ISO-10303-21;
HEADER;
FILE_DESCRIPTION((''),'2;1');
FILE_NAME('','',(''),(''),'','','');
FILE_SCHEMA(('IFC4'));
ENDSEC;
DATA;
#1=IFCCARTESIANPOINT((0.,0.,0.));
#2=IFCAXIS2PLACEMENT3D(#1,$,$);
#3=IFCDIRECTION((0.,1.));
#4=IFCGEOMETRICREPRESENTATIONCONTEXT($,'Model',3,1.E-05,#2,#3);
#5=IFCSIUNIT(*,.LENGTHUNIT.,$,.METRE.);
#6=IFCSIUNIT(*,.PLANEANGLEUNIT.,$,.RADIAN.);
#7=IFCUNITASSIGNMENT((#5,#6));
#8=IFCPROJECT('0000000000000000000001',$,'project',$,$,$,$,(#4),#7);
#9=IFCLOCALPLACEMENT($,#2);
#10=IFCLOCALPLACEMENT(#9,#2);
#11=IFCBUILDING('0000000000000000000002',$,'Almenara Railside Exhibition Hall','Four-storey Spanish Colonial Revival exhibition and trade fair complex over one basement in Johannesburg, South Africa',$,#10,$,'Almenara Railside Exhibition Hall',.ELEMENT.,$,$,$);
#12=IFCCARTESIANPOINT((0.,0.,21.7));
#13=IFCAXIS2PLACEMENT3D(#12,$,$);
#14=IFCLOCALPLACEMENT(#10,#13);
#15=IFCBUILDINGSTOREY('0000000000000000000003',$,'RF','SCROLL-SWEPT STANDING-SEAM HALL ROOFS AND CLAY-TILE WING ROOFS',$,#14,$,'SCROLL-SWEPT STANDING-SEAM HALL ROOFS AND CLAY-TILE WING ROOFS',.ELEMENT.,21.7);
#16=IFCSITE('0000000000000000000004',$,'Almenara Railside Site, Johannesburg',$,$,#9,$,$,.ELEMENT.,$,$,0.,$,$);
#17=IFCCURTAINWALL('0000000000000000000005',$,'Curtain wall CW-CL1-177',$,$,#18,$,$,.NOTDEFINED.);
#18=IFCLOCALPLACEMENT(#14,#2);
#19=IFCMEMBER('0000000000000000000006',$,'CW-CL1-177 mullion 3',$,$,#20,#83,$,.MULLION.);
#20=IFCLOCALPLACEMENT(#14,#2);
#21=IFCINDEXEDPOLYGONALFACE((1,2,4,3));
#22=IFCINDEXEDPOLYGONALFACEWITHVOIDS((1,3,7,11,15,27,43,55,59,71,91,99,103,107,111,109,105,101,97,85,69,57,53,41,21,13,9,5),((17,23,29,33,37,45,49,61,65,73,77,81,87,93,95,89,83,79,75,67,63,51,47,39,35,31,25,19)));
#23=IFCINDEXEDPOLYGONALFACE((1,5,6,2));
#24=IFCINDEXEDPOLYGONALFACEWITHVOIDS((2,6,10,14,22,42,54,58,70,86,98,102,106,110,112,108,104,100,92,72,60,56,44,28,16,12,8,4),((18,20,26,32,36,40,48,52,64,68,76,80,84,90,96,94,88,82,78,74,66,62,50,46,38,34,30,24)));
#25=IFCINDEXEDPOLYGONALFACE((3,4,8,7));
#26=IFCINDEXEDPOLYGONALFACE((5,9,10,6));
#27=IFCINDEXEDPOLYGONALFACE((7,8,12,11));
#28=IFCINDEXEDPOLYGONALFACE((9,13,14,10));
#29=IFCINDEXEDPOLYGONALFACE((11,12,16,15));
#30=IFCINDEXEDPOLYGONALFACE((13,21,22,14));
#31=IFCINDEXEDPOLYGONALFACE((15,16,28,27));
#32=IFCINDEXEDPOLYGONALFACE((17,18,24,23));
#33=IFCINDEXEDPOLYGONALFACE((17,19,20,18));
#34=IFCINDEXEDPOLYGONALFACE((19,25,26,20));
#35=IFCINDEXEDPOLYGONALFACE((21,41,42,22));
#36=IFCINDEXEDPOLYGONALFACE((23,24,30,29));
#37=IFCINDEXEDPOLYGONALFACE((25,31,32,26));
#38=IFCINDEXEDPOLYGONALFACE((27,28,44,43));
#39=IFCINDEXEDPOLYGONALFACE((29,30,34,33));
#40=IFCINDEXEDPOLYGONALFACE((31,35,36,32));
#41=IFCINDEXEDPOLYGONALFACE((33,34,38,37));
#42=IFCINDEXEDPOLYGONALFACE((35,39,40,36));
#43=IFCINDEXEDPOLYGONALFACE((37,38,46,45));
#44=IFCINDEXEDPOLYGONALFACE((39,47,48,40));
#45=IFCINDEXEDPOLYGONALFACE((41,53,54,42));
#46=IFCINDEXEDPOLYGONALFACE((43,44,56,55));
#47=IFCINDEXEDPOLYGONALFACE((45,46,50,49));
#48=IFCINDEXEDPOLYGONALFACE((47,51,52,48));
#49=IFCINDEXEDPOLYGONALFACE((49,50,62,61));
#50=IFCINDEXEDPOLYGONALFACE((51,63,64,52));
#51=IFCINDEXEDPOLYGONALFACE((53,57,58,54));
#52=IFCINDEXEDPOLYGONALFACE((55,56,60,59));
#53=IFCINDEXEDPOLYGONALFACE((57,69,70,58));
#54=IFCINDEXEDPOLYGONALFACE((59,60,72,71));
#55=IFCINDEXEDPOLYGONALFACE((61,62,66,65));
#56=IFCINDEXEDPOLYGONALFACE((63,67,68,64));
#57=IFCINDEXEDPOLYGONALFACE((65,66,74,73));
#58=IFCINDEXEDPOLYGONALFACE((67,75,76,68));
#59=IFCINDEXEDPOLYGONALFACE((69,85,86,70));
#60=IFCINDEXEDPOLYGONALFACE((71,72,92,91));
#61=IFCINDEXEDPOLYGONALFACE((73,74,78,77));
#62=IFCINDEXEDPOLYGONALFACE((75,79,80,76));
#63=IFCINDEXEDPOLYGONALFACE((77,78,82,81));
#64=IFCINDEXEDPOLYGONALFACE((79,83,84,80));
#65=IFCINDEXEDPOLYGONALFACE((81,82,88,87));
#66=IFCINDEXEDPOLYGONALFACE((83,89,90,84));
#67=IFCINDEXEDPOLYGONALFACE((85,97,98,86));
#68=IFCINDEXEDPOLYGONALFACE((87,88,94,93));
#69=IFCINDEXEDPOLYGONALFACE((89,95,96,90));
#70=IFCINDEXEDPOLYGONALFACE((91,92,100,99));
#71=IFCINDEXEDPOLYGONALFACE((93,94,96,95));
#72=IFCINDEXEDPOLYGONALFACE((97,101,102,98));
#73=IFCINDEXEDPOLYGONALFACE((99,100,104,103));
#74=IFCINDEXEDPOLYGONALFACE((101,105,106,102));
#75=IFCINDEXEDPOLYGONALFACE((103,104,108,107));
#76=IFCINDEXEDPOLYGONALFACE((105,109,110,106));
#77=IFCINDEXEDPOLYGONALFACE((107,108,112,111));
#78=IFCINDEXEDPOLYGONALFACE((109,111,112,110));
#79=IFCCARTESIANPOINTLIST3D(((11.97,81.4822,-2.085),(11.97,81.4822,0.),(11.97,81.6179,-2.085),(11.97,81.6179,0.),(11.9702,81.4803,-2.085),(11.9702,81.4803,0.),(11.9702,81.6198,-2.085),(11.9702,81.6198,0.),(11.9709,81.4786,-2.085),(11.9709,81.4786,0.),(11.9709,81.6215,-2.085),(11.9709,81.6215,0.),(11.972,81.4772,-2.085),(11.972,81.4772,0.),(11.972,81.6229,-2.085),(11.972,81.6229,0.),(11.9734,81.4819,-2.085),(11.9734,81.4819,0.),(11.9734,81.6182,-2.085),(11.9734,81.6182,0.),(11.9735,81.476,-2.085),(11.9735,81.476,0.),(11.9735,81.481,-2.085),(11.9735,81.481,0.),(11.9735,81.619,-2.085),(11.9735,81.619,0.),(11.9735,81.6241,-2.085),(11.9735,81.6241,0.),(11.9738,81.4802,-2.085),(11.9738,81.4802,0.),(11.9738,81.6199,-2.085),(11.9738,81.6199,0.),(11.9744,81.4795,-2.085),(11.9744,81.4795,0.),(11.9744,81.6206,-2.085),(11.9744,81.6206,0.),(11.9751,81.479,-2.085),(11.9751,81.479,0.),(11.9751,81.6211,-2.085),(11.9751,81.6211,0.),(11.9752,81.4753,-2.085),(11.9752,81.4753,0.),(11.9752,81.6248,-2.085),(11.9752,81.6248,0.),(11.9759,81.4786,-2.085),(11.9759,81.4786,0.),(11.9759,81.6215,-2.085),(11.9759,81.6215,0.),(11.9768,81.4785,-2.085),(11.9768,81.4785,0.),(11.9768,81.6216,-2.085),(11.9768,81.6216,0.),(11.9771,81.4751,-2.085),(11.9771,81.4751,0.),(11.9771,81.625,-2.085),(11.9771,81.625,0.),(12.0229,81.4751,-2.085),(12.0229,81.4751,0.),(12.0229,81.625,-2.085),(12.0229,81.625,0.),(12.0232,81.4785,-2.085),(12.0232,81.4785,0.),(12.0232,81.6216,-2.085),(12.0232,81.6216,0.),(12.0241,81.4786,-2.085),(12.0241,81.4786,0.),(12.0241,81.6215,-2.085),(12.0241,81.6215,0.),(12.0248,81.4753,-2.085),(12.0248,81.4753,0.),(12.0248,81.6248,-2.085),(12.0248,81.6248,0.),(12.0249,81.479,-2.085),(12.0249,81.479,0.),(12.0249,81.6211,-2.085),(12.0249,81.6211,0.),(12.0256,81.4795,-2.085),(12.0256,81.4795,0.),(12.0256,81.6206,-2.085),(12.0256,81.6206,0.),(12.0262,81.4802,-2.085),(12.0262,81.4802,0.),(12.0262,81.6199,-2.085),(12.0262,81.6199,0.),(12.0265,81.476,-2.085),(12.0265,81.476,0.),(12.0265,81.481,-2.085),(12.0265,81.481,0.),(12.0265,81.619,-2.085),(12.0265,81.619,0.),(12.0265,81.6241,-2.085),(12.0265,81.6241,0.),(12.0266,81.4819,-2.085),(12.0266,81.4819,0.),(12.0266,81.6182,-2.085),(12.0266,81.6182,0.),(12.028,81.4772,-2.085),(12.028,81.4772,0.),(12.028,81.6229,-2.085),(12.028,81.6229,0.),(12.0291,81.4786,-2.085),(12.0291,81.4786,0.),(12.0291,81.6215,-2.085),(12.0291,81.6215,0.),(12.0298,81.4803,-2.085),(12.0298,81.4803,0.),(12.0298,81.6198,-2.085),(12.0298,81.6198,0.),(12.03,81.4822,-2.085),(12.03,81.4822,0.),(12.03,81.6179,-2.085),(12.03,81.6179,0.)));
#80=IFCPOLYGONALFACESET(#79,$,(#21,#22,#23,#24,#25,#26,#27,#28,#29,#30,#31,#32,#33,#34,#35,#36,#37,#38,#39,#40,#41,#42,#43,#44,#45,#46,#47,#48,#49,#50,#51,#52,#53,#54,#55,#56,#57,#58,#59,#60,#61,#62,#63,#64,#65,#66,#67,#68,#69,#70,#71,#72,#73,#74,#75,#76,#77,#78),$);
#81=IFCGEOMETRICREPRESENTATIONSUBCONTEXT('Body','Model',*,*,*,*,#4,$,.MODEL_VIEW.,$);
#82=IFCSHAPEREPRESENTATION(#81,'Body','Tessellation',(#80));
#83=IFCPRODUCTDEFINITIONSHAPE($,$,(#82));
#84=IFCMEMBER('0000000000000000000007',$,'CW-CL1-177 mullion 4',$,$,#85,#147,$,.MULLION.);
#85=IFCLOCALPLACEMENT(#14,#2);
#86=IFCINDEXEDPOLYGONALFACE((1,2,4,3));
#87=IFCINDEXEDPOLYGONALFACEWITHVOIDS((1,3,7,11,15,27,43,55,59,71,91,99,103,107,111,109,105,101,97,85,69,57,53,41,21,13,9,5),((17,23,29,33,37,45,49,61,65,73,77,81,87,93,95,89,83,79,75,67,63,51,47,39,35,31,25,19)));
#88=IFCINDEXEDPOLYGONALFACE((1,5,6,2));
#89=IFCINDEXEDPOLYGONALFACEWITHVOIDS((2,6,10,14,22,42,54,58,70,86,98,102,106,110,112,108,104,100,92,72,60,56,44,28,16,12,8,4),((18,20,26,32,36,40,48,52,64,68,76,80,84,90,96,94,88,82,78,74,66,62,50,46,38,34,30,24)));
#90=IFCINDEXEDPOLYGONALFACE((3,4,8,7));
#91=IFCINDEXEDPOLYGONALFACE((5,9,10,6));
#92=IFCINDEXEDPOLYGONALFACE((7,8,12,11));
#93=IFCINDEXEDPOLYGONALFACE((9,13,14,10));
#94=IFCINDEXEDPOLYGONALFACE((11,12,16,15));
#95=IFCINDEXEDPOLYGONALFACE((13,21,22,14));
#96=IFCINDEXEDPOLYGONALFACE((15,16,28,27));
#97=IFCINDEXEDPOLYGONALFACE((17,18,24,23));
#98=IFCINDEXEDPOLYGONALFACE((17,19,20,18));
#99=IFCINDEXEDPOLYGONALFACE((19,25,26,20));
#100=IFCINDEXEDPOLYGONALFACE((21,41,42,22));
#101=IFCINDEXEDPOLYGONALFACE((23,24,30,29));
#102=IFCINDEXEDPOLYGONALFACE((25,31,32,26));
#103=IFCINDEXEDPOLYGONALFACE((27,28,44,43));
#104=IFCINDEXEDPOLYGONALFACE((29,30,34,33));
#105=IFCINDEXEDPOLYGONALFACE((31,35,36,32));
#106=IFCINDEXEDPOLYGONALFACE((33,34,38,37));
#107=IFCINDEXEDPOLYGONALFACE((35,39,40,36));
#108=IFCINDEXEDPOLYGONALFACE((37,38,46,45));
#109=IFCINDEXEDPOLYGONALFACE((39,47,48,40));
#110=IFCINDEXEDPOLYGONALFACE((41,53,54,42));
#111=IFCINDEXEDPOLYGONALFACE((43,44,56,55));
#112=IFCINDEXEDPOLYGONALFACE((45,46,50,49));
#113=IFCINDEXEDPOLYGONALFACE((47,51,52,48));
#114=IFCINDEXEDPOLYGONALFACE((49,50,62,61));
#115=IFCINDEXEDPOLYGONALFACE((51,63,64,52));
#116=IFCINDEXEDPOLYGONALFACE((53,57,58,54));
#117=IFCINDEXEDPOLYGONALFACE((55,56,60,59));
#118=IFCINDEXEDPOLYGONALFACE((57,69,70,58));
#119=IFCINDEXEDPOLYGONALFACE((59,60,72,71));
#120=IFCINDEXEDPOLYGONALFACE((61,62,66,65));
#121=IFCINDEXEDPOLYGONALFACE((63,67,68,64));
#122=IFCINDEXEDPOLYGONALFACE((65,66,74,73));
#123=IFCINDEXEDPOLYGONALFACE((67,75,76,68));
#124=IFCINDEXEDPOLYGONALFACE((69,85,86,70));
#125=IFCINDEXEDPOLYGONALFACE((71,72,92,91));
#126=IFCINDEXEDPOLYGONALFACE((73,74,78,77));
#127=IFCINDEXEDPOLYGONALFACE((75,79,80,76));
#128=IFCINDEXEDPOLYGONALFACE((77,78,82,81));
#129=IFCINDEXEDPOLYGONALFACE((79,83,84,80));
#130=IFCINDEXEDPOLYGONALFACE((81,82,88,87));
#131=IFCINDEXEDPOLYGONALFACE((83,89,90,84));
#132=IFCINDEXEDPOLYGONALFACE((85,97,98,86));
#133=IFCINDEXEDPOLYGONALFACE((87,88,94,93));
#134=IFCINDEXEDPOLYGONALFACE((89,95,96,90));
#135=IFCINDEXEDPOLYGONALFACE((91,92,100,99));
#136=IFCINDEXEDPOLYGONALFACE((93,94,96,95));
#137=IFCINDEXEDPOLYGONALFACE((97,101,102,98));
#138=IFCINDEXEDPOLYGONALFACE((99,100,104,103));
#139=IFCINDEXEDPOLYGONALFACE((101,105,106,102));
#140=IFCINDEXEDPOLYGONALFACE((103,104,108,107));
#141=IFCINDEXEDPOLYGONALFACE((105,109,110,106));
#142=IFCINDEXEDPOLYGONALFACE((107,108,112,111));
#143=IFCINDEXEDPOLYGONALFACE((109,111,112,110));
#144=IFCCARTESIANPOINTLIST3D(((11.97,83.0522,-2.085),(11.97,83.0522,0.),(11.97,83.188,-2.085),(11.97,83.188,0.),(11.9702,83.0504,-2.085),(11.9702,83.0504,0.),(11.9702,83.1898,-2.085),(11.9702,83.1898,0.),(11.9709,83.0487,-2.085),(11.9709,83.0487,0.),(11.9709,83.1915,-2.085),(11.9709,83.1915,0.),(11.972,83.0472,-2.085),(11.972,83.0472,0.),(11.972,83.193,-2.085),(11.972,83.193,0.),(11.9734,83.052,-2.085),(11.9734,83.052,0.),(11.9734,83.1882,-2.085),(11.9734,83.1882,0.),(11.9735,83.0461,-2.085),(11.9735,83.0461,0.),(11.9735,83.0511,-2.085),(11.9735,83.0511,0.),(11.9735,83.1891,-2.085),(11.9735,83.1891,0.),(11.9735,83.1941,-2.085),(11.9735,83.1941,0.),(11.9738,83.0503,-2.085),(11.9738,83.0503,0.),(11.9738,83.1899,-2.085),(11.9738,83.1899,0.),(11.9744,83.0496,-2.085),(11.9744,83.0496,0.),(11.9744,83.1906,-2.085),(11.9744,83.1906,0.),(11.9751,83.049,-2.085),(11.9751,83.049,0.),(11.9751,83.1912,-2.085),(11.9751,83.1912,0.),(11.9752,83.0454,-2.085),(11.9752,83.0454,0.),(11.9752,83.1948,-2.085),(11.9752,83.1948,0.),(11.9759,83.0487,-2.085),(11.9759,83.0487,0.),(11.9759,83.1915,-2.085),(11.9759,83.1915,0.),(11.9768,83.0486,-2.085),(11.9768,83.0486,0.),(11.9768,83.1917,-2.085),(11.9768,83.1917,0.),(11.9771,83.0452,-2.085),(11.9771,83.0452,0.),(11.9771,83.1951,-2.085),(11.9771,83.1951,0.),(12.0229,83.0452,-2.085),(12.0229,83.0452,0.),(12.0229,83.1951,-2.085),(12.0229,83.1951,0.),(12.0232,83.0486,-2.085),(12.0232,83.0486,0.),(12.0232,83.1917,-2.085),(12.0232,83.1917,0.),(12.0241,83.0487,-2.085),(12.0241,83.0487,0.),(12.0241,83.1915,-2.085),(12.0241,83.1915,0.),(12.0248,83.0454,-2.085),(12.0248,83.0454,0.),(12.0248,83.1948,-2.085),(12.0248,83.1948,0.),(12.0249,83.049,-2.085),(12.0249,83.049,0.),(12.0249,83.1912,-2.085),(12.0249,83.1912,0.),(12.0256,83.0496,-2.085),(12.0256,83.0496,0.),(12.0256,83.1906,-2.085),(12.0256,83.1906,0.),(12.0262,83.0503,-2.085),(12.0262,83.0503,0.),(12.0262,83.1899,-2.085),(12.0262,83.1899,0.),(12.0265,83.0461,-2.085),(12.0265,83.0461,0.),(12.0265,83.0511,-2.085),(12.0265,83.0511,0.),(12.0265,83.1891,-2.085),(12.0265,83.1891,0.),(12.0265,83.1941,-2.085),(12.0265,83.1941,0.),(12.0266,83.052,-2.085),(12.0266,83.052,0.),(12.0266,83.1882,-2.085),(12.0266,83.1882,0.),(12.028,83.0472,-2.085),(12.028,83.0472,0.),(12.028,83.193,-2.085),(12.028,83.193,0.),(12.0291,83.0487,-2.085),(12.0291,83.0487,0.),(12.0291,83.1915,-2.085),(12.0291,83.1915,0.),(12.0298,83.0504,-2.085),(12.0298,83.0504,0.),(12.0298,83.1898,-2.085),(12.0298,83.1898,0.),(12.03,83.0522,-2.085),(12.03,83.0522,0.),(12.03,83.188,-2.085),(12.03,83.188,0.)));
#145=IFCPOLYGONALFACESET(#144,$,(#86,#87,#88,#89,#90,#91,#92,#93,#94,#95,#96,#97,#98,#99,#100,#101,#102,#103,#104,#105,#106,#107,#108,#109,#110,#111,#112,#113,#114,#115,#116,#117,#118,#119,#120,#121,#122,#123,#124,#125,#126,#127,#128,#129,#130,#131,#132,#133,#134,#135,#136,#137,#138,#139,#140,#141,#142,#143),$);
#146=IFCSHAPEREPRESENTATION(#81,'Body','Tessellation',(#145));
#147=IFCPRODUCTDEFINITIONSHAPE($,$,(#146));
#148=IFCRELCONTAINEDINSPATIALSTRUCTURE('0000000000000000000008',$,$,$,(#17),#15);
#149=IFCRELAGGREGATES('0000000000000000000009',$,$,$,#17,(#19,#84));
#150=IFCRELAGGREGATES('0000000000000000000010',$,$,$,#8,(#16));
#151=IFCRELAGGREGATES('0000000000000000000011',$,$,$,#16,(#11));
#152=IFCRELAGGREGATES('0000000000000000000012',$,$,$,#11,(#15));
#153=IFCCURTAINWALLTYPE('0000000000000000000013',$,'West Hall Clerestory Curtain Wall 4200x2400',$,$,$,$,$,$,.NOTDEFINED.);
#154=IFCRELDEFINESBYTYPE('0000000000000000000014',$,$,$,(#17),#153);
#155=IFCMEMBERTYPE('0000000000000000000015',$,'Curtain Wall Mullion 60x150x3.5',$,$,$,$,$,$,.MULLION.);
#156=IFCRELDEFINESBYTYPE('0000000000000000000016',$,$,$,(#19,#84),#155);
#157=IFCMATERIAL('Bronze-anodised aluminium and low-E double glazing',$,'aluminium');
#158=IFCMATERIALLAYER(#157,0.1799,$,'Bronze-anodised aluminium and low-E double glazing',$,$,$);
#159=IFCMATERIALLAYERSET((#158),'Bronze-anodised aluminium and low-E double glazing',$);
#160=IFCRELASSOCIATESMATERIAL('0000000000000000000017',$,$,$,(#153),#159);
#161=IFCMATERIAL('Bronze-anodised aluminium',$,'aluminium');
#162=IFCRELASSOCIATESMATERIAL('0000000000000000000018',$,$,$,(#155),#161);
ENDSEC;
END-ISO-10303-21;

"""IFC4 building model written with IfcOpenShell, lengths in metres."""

from ifc_helpers import new_model, si_unit, direction, frame, origin, origin_2d, place, context, subcontext, project, spatial, hollow_rectangle, extrude, material, layer, layer_set, material_profile, profile_set, type_object, element, aggregate, save


model = new_model("IFC4")

# Units and contexts
model_context = context("Model", 3, precision=1e-05, world=origin(), true_north=direction((0.0, 1.0)))
body_context = subcontext(model_context, "Body", "Model", "MODEL_VIEW")
ifc_project = project(units=[si_unit("LENGTHUNIT", "METRE"), si_unit("PLANEANGLEUNIT", "RADIAN")], contexts=[model_context])

# Site, building, storey
site_placement = place(None, origin())
site = spatial("IfcSite", under=ifc_project, at=site_placement, Name="Almenara Railside Site, Johannesburg", CompositionType="ELEMENT", RefElevation=0.0)
building_placement = place(site_placement, origin())
building = spatial("IfcBuilding", under=site, at=building_placement, Name="Almenara Railside Exhibition Hall", Description="Four-storey Spanish Colonial Revival exhibition and trade fair complex over one basement in Johannesburg, South Africa", LongName="Almenara Railside Exhibition Hall", CompositionType="ELEMENT")
storey_placement = place(building_placement, frame((0.0, 0.0, 21.7)))
storey = spatial("IfcBuildingStorey", under=building, at=storey_placement, Name="RF", Description="SCROLL-SWEPT STANDING-SEAM HALL ROOFS AND CLAY-TILE WING ROOFS", LongName="SCROLL-SWEPT STANDING-SEAM HALL ROOFS AND CLAY-TILE WING ROOFS", CompositionType="ELEMENT", Elevation=21.7)

# Curtain wall, members
ifc_material_1 = material(Name="Bronze-anodised aluminium and low-E double glazing", Category="aluminium")
ifc_layer_1 = layer(ifc_material_1, 0.1799, Name="Bronze-anodised aluminium and low-E double glazing")
ifc_layer_set_1 = layer_set([ifc_layer_1], Name="Bronze-anodised aluminium and low-E double glazing")
curtain_wall_type = type_object("IfcCurtainWallType", Name="West Hall Clerestory Curtain Wall 4200x2400", PredefinedType="NOTDEFINED", material=ifc_layer_set_1)
curtain_wall_1_placement = place(storey_placement, origin())
curtain_wall_1 = element("IfcCurtainWall", 1, at=curtain_wall_1_placement, inside=storey, type_object=curtain_wall_type, Name="Curtain wall CW-CL1-177", PredefinedType="NOTDEFINED")
ifc_material_2 = material(Name="Bronze-anodised aluminium", Category="aluminium")
ifc_material_profile_1 = material_profile(ifc_material_2, hollow_rectangle(XDim=0.0601, YDim=0.1499, WallThickness=0.0034, InnerFilletRadius=0.0034, OuterFilletRadius=0.0071, at=origin_2d()), Name="ALU-MUL 60x150x3.5")
ifc_profile_set_1 = profile_set([ifc_material_profile_1], Name="Bronze-anodised aluminium")
member_type_1 = type_object("IfcMemberType", Name="Curtain Wall Mullion 60x150x3.5", PredefinedType="MULLION", material=ifc_profile_set_1)
member_1_placement = place(storey_placement, frame((12.0, 81.55, -2.085), z_axis=(0.0, 0.0, 1.0), x_axis=(-1.0, 0.0, 0.0)))
member_1 = element("IfcMember", 2, at=member_1_placement, type_object=member_type_1, Name="CW-CL1-177 mullion 3", PredefinedType="MULLION", context=body_context, shape_type="SweptSolid", body=[
    extrude(hollow_rectangle(XDim=0.0601, YDim=0.1499, WallThickness=0.0034, InnerFilletRadius=0.0034, OuterFilletRadius=0.0071, at=origin_2d()), origin(), (0.0, 0.0, 1.0), 2.085),
])
member_2_placement = place(storey_placement, frame((12.0, 83.1201, -2.085), z_axis=(0.0, 0.0, 1.0), x_axis=(-1.0, 0.0, 0.0)))
member_2 = element("IfcMember", 3, at=member_2_placement, type_object=member_type_1, Name="CW-CL1-177 mullion 4", PredefinedType="MULLION", context=body_context, shape_type="SweptSolid", body=[
    extrude(hollow_rectangle(XDim=0.0601, YDim=0.1499, WallThickness=0.0034, InnerFilletRadius=0.0034, OuterFilletRadius=0.0071, at=origin_2d()), origin(), (0.0, 0.0, 1.0), 2.085),
])

aggregate(curtain_wall_1, [member_1, member_2])

save(model, "model.ifc")
